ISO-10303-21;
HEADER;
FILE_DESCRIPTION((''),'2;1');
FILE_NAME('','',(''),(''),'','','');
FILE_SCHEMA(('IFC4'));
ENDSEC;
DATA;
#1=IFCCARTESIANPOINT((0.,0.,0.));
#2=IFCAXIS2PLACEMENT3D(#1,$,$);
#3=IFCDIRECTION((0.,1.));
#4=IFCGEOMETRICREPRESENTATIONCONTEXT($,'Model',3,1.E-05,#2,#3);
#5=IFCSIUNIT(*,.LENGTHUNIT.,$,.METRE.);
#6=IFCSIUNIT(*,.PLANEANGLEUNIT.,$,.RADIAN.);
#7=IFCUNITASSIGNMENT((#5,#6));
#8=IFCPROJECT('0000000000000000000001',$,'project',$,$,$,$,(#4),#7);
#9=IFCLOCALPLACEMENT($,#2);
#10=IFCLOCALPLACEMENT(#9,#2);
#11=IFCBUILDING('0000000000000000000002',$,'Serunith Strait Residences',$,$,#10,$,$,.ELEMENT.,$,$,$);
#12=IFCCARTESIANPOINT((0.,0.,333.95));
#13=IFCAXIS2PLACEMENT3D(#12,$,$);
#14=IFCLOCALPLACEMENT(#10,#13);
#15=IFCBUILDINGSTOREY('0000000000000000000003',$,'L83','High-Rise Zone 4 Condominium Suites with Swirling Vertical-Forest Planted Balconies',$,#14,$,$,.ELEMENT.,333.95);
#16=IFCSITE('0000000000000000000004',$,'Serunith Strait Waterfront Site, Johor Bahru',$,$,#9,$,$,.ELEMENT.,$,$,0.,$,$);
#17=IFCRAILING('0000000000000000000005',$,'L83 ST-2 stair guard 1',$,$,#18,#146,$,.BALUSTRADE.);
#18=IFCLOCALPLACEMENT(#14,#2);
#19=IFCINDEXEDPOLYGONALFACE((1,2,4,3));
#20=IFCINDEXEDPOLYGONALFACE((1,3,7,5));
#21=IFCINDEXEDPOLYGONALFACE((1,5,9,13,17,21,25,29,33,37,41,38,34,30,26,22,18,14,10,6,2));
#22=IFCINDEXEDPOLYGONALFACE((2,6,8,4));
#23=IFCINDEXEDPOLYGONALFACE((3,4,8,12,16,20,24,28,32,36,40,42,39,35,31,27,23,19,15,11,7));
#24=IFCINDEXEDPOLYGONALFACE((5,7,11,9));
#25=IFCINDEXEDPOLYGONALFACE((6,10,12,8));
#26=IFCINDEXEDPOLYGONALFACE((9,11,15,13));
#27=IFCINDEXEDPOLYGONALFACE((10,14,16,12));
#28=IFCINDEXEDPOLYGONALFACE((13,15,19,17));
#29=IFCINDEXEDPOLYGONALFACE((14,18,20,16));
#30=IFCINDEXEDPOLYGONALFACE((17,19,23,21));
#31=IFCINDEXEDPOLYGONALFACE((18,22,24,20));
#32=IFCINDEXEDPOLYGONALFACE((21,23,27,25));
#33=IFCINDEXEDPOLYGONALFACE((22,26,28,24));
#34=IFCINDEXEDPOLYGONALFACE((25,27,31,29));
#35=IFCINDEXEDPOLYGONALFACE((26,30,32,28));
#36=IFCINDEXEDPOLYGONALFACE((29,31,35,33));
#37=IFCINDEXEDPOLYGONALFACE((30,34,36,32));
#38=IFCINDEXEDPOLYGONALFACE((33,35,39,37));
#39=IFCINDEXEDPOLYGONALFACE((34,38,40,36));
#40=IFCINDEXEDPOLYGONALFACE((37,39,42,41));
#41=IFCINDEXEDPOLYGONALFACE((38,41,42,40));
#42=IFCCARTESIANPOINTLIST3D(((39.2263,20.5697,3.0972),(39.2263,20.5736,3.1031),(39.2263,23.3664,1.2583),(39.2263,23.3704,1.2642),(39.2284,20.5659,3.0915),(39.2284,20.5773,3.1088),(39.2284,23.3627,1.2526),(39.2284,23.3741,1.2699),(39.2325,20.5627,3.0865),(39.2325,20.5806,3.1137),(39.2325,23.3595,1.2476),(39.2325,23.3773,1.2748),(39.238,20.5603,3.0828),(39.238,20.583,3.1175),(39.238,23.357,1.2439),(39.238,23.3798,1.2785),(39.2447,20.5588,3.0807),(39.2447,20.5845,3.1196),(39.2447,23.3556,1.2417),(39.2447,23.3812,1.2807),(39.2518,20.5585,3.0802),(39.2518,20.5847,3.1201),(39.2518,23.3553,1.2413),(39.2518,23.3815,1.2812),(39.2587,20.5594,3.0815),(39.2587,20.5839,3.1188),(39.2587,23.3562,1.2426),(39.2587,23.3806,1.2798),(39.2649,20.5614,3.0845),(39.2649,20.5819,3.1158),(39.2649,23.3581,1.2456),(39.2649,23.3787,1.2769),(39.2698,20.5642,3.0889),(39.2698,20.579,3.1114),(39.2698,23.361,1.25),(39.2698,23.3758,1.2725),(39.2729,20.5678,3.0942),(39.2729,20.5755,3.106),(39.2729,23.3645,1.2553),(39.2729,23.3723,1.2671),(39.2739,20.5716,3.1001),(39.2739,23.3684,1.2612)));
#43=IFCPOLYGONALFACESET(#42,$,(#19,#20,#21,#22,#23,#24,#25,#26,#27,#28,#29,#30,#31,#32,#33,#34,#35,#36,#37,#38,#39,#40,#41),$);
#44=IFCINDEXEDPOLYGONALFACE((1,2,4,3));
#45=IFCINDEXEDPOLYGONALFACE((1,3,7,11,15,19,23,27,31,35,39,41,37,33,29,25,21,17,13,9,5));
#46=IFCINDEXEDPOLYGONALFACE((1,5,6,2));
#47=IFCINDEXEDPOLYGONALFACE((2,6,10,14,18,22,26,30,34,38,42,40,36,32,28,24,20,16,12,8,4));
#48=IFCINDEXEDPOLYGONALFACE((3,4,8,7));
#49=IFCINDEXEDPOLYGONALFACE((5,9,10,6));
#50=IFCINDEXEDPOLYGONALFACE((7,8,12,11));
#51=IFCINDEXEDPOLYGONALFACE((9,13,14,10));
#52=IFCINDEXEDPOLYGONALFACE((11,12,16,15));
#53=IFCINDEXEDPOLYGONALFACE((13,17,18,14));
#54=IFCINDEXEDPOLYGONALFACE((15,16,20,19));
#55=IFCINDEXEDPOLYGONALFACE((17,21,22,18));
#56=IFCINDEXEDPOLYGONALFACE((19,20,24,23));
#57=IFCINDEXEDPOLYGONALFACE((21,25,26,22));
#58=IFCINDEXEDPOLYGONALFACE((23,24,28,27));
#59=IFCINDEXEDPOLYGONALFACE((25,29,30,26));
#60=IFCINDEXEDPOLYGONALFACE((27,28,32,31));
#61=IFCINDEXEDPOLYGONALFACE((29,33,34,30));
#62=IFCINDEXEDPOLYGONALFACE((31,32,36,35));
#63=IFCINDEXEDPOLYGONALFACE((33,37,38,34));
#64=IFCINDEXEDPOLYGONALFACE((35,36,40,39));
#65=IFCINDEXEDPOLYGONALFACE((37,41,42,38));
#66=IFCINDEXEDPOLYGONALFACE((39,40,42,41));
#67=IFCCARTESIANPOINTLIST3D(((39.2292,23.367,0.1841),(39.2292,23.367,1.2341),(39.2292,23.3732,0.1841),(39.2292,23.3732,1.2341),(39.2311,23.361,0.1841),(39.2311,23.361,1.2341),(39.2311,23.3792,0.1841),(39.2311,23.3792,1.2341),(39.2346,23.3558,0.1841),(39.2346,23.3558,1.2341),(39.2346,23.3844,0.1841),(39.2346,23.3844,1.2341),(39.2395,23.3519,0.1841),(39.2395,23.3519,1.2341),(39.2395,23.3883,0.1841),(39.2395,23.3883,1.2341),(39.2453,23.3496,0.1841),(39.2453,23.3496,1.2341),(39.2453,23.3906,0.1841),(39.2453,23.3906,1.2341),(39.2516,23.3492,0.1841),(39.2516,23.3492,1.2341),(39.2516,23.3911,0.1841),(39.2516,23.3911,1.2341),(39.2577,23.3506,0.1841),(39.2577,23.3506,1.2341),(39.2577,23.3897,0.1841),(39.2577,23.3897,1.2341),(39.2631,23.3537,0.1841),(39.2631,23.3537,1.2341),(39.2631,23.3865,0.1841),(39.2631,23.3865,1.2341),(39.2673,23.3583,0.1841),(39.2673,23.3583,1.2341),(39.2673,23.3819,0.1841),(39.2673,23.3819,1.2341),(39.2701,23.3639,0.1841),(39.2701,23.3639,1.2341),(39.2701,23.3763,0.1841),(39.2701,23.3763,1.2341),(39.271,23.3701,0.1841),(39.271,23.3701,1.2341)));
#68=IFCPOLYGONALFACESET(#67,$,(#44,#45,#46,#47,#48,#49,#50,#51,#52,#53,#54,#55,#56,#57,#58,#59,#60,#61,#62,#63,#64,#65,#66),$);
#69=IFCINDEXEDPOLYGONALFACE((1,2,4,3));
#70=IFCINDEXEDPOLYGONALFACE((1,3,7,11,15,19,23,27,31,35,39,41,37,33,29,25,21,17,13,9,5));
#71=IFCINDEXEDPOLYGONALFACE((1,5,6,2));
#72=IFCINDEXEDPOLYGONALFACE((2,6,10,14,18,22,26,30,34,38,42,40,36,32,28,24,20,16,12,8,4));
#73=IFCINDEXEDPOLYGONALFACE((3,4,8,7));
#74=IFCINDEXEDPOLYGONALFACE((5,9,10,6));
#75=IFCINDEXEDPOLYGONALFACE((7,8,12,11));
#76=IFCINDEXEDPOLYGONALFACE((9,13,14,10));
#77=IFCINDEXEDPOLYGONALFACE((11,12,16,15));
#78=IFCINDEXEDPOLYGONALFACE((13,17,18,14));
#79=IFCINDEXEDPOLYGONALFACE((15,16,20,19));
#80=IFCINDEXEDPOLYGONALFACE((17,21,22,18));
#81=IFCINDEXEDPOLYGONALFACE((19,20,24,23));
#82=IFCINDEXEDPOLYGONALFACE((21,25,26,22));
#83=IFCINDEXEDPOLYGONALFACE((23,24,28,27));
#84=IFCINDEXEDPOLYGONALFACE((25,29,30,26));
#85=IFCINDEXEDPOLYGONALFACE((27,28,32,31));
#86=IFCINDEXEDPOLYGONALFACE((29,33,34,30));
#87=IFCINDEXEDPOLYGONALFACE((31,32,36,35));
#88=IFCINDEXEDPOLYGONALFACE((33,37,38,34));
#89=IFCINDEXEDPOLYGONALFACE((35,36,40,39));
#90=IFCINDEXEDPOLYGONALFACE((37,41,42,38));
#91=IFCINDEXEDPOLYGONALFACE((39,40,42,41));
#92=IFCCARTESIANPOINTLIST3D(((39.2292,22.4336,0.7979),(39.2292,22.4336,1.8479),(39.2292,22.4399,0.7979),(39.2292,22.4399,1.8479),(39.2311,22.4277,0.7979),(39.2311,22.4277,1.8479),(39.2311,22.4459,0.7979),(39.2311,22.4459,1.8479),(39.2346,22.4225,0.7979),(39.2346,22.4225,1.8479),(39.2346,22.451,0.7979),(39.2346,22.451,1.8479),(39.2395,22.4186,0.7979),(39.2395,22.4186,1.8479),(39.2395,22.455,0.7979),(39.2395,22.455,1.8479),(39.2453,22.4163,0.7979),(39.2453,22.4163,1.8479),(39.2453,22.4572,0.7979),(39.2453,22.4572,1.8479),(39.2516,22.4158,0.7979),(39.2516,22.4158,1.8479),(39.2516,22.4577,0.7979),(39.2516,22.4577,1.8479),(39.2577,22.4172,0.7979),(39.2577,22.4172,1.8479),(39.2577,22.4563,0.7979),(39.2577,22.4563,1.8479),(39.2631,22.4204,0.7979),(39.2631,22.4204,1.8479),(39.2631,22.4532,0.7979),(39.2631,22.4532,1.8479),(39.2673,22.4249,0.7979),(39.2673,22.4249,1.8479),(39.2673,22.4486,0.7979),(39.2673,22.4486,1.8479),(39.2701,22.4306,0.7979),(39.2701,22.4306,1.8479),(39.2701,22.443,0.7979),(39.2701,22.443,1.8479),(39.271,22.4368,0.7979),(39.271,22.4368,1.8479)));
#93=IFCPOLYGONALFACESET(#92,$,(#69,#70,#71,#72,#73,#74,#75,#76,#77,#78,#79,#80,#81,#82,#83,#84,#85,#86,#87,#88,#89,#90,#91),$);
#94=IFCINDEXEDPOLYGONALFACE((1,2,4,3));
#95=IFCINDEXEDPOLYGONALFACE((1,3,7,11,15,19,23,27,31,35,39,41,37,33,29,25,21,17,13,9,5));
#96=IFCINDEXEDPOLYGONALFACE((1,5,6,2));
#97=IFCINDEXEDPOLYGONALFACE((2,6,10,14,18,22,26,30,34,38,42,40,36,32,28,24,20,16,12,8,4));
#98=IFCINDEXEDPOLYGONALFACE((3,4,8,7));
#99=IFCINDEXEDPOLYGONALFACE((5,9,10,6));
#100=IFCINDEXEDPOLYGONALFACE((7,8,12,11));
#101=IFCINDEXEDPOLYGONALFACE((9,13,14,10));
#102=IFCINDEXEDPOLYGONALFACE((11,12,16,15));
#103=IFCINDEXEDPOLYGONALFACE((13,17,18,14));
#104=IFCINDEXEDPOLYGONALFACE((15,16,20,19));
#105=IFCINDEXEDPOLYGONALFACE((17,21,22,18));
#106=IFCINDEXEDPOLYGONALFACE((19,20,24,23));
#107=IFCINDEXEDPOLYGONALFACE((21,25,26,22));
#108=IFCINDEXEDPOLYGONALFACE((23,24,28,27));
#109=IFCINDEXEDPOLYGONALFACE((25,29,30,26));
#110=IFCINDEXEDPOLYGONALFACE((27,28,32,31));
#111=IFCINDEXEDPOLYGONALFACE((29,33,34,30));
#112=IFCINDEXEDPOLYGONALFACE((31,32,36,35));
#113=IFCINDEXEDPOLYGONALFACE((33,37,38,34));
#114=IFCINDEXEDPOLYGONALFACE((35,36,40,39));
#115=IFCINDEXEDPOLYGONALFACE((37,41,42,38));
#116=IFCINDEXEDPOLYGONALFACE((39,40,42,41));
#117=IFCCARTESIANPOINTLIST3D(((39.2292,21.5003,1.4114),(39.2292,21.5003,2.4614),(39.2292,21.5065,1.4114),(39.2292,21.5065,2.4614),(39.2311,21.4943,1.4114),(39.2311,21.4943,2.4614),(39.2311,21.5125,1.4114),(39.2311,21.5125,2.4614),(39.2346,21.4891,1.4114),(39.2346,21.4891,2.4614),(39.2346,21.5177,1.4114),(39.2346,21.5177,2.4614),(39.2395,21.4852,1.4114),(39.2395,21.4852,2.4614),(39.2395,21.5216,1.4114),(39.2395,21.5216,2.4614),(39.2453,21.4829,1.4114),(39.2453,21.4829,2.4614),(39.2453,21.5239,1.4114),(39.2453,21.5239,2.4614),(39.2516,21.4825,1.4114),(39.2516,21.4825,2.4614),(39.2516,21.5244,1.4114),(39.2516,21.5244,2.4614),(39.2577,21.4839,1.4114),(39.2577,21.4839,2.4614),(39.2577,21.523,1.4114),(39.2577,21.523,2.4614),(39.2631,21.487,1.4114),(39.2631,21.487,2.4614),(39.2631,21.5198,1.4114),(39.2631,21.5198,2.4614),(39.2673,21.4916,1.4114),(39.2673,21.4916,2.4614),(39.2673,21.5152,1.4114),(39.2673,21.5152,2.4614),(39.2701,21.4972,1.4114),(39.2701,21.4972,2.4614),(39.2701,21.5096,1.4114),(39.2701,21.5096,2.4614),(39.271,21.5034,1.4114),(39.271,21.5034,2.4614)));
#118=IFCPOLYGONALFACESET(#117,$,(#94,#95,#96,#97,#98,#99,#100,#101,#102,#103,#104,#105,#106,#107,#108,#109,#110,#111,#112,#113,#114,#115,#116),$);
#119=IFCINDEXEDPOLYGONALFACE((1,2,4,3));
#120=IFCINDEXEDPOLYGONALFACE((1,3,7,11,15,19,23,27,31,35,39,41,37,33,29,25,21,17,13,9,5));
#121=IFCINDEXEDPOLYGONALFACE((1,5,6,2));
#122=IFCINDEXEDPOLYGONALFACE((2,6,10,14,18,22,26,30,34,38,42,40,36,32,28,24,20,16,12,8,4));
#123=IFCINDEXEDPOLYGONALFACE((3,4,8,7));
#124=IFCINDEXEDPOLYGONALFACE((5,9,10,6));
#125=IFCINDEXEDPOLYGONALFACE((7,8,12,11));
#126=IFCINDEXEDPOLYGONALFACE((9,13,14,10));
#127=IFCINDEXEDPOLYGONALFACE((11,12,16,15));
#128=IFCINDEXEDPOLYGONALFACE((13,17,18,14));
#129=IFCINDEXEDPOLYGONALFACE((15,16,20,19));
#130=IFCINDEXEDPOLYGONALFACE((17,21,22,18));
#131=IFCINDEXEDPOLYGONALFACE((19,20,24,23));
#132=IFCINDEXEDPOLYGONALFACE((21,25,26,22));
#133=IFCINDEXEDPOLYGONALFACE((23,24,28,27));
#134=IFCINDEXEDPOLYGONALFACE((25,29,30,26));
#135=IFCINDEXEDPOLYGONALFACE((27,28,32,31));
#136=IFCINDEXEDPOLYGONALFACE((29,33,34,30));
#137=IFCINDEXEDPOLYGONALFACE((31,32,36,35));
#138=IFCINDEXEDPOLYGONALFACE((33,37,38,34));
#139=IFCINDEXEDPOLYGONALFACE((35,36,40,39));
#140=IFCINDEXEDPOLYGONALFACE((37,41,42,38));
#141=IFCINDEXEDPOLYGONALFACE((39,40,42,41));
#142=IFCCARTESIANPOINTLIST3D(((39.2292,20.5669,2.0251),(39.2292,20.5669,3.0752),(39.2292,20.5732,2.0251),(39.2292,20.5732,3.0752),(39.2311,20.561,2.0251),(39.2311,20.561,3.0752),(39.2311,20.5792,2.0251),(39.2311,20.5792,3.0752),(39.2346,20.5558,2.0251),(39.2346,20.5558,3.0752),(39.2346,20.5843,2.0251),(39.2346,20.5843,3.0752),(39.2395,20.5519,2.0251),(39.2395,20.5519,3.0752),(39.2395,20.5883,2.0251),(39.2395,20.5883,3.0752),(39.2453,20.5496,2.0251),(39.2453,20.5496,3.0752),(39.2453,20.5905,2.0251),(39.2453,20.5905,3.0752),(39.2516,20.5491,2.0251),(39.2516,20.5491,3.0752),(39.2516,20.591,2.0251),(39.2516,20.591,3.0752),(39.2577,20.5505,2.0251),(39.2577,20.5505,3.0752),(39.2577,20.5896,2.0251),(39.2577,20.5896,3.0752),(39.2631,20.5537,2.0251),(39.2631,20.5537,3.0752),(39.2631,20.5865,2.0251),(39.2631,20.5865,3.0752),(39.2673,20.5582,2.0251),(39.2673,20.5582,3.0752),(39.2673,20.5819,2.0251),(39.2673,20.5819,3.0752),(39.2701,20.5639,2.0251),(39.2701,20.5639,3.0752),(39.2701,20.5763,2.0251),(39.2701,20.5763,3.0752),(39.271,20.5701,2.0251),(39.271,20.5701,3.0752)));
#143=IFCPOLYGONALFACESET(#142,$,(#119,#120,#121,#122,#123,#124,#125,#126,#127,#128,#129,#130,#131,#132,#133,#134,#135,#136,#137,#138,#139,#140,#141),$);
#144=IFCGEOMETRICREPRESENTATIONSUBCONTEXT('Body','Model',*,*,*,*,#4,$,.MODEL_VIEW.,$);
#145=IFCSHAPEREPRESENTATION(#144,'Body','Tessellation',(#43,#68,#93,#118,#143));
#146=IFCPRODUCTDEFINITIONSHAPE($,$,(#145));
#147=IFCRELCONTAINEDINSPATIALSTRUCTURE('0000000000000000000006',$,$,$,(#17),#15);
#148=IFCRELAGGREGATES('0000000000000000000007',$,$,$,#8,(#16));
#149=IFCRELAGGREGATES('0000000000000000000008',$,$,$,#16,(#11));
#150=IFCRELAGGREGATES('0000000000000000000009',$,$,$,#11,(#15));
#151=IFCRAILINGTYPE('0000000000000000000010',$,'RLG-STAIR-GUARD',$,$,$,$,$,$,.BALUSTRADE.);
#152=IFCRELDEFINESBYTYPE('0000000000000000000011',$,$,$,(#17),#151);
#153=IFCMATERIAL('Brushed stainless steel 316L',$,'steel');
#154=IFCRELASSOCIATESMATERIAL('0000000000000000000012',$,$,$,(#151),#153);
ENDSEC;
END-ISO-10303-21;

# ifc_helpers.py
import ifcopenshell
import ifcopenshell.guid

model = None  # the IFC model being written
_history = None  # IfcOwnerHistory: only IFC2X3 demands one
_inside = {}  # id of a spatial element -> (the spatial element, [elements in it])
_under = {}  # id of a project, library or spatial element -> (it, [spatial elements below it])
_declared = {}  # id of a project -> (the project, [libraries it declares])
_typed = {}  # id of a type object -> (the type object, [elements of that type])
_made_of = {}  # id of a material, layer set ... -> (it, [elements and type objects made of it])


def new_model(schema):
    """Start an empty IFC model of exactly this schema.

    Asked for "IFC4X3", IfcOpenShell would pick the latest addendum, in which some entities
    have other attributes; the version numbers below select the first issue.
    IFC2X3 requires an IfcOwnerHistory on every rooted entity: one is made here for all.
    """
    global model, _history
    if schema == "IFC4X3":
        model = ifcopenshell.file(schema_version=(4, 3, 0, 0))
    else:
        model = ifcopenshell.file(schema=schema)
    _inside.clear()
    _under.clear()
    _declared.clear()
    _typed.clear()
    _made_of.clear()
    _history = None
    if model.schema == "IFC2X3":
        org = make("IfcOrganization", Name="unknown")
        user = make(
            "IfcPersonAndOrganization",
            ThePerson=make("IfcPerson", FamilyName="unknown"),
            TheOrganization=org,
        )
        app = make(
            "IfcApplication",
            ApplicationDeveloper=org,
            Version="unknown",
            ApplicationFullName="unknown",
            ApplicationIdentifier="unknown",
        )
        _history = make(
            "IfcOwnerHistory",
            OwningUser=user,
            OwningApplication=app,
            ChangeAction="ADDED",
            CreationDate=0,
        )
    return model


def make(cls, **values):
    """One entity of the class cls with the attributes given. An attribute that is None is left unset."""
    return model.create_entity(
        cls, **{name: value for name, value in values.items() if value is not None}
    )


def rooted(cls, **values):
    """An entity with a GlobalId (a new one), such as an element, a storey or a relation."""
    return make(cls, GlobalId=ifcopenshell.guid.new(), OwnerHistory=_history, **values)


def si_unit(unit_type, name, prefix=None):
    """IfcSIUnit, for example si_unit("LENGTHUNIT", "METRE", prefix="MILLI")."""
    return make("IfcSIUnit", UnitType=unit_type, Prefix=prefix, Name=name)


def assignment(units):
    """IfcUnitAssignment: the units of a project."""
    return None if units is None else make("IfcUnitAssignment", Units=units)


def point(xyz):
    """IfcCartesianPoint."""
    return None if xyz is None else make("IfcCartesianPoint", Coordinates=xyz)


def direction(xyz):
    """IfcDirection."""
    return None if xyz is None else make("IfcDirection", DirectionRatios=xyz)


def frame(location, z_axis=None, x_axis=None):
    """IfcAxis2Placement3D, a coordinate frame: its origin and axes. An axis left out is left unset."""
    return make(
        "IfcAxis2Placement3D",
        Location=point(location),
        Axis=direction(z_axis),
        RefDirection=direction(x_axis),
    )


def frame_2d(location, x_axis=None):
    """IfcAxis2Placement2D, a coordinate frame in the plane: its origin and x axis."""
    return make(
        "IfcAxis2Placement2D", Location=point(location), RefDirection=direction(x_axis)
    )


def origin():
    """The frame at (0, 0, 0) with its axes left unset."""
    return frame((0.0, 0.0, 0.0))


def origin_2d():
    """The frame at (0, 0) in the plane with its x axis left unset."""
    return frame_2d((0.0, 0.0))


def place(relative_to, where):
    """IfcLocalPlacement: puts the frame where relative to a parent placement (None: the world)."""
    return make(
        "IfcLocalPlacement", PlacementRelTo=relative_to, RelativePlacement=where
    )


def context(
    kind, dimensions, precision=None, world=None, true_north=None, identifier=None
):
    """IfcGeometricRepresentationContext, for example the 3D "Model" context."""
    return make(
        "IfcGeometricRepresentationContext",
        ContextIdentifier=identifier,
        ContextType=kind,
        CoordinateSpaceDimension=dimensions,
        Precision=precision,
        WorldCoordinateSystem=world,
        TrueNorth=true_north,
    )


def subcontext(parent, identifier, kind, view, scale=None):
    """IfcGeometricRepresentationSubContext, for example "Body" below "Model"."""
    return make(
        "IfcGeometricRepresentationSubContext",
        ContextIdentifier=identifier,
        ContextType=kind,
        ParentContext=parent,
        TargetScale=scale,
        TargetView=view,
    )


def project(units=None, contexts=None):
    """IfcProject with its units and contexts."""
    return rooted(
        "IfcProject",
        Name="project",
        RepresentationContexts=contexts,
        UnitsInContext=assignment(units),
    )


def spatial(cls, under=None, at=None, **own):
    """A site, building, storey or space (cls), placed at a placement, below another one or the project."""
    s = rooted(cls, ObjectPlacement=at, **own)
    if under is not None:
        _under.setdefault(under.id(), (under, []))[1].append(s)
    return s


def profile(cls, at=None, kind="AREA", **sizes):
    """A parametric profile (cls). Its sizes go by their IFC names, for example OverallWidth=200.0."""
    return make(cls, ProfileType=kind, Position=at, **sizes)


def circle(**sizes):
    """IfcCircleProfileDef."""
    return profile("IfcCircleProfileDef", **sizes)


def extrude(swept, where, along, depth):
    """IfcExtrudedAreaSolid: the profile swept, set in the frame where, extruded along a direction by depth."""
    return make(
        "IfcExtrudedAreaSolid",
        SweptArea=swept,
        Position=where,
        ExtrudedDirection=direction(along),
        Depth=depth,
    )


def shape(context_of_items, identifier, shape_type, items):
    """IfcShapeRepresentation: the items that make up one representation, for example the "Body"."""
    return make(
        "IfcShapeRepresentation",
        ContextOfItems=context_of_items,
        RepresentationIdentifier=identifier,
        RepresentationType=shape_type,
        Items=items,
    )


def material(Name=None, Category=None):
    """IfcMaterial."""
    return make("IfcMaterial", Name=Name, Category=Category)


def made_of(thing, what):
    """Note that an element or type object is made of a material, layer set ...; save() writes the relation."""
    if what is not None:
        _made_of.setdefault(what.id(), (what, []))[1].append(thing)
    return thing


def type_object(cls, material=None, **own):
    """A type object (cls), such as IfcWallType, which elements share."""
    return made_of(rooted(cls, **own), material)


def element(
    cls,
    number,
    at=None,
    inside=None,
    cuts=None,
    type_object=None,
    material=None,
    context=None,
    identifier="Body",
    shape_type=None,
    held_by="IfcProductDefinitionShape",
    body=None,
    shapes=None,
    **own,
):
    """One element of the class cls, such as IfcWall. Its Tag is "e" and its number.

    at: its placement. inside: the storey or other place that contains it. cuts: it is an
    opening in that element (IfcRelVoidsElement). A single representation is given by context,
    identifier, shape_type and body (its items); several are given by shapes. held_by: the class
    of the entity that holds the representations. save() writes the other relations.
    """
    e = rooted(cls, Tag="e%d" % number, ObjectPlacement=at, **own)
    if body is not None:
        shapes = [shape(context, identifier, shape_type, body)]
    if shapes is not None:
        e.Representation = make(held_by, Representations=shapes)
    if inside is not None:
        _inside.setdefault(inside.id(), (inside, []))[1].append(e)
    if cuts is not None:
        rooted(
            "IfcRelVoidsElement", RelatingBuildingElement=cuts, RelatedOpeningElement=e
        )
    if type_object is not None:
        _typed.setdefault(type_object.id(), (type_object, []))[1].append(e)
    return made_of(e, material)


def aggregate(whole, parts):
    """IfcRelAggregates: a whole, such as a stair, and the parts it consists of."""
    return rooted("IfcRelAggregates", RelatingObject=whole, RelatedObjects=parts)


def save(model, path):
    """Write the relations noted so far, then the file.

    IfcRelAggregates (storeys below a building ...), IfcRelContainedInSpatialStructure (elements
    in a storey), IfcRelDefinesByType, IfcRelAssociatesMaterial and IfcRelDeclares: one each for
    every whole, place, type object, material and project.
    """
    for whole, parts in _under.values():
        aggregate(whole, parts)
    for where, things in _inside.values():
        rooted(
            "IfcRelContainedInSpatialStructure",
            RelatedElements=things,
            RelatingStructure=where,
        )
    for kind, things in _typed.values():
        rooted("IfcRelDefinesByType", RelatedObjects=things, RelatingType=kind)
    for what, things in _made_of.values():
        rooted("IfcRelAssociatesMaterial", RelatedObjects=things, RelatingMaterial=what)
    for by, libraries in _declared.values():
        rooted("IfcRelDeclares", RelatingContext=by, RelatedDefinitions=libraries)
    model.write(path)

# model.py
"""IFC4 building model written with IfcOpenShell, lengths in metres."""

from ifc_helpers import new_model, si_unit, direction, frame, origin, origin_2d, place, context, subcontext, project, spatial, circle, extrude, material, type_object, element, save


model = new_model("IFC4")

# Units and contexts
model_context = context("Model", 3, precision=1e-05, world=origin(), true_north=direction((0.0, 1.0)))
body_context = subcontext(model_context, "Body", "Model", "MODEL_VIEW")
ifc_project = project(units=[si_unit("LENGTHUNIT", "METRE"), si_unit("PLANEANGLEUNIT", "RADIAN")], contexts=[model_context])

# Site, building, storey
site_placement = place(None, origin())
site = spatial("IfcSite", under=ifc_project, at=site_placement, Name="Serunith Strait Waterfront Site, Johor Bahru", CompositionType="ELEMENT", RefElevation=0.0)
building_placement = place(site_placement, origin())
building = spatial("IfcBuilding", under=site, at=building_placement, Name="Serunith Strait Residences", CompositionType="ELEMENT")
storey_placement = place(building_placement, frame((0.0, 0.0, 333.95)))
storey = spatial("IfcBuildingStorey", under=building, at=storey_placement, Name="L83", Description="High-Rise Zone 4 Condominium Suites with Swirling Vertical-Forest Planted Balconies", CompositionType="ELEMENT", Elevation=333.95)

# Railing
ifc_material_1 = material(Name="Brushed stainless steel 316L", Category="steel")
railing_type_1 = type_object("IfcRailingType", Name="RLG-STAIR-GUARD", PredefinedType="BALUSTRADE", material=ifc_material_1)
railing_1_placement = place(storey_placement, frame((39.25, 23.3701, 0.1841)))
element("IfcRailing", 1, at=railing_1_placement, inside=storey, type_object=railing_type_1, Name="L83 ST-2 stair guard 1", PredefinedType="BALUSTRADE", context=body_context, shape_type="SweptSolid", body=[
    extrude(circle(Radius=0.0239, at=origin_2d()), frame((0.0, -0.0017, 1.0771), z_axis=(0.0, -0.835564, 0.549393), x_axis=(1.0, 0.0, 0.0)), (0.0, 0.0, 1.0), 3.3472),
    extrude(circle(Radius=0.021, at=origin_2d()), origin(), (0.0, 0.0, 1.0), 1.05),
    extrude(circle(Radius=0.021, at=origin_2d()), frame((0.0, -0.9333, 0.6138)), (0.0, 0.0, 1.0), 1.05),
    extrude(circle(Radius=0.021, at=origin_2d()), frame((0.0, -1.8667, 1.2273)), (0.0, 0.0, 1.0), 1.05),
    extrude(circle(Radius=0.021, at=origin_2d()), frame((0.0, -2.8, 1.8411)), (0.0, 0.0, 1.0), 1.05),
])

save(model, "model.ifc")
